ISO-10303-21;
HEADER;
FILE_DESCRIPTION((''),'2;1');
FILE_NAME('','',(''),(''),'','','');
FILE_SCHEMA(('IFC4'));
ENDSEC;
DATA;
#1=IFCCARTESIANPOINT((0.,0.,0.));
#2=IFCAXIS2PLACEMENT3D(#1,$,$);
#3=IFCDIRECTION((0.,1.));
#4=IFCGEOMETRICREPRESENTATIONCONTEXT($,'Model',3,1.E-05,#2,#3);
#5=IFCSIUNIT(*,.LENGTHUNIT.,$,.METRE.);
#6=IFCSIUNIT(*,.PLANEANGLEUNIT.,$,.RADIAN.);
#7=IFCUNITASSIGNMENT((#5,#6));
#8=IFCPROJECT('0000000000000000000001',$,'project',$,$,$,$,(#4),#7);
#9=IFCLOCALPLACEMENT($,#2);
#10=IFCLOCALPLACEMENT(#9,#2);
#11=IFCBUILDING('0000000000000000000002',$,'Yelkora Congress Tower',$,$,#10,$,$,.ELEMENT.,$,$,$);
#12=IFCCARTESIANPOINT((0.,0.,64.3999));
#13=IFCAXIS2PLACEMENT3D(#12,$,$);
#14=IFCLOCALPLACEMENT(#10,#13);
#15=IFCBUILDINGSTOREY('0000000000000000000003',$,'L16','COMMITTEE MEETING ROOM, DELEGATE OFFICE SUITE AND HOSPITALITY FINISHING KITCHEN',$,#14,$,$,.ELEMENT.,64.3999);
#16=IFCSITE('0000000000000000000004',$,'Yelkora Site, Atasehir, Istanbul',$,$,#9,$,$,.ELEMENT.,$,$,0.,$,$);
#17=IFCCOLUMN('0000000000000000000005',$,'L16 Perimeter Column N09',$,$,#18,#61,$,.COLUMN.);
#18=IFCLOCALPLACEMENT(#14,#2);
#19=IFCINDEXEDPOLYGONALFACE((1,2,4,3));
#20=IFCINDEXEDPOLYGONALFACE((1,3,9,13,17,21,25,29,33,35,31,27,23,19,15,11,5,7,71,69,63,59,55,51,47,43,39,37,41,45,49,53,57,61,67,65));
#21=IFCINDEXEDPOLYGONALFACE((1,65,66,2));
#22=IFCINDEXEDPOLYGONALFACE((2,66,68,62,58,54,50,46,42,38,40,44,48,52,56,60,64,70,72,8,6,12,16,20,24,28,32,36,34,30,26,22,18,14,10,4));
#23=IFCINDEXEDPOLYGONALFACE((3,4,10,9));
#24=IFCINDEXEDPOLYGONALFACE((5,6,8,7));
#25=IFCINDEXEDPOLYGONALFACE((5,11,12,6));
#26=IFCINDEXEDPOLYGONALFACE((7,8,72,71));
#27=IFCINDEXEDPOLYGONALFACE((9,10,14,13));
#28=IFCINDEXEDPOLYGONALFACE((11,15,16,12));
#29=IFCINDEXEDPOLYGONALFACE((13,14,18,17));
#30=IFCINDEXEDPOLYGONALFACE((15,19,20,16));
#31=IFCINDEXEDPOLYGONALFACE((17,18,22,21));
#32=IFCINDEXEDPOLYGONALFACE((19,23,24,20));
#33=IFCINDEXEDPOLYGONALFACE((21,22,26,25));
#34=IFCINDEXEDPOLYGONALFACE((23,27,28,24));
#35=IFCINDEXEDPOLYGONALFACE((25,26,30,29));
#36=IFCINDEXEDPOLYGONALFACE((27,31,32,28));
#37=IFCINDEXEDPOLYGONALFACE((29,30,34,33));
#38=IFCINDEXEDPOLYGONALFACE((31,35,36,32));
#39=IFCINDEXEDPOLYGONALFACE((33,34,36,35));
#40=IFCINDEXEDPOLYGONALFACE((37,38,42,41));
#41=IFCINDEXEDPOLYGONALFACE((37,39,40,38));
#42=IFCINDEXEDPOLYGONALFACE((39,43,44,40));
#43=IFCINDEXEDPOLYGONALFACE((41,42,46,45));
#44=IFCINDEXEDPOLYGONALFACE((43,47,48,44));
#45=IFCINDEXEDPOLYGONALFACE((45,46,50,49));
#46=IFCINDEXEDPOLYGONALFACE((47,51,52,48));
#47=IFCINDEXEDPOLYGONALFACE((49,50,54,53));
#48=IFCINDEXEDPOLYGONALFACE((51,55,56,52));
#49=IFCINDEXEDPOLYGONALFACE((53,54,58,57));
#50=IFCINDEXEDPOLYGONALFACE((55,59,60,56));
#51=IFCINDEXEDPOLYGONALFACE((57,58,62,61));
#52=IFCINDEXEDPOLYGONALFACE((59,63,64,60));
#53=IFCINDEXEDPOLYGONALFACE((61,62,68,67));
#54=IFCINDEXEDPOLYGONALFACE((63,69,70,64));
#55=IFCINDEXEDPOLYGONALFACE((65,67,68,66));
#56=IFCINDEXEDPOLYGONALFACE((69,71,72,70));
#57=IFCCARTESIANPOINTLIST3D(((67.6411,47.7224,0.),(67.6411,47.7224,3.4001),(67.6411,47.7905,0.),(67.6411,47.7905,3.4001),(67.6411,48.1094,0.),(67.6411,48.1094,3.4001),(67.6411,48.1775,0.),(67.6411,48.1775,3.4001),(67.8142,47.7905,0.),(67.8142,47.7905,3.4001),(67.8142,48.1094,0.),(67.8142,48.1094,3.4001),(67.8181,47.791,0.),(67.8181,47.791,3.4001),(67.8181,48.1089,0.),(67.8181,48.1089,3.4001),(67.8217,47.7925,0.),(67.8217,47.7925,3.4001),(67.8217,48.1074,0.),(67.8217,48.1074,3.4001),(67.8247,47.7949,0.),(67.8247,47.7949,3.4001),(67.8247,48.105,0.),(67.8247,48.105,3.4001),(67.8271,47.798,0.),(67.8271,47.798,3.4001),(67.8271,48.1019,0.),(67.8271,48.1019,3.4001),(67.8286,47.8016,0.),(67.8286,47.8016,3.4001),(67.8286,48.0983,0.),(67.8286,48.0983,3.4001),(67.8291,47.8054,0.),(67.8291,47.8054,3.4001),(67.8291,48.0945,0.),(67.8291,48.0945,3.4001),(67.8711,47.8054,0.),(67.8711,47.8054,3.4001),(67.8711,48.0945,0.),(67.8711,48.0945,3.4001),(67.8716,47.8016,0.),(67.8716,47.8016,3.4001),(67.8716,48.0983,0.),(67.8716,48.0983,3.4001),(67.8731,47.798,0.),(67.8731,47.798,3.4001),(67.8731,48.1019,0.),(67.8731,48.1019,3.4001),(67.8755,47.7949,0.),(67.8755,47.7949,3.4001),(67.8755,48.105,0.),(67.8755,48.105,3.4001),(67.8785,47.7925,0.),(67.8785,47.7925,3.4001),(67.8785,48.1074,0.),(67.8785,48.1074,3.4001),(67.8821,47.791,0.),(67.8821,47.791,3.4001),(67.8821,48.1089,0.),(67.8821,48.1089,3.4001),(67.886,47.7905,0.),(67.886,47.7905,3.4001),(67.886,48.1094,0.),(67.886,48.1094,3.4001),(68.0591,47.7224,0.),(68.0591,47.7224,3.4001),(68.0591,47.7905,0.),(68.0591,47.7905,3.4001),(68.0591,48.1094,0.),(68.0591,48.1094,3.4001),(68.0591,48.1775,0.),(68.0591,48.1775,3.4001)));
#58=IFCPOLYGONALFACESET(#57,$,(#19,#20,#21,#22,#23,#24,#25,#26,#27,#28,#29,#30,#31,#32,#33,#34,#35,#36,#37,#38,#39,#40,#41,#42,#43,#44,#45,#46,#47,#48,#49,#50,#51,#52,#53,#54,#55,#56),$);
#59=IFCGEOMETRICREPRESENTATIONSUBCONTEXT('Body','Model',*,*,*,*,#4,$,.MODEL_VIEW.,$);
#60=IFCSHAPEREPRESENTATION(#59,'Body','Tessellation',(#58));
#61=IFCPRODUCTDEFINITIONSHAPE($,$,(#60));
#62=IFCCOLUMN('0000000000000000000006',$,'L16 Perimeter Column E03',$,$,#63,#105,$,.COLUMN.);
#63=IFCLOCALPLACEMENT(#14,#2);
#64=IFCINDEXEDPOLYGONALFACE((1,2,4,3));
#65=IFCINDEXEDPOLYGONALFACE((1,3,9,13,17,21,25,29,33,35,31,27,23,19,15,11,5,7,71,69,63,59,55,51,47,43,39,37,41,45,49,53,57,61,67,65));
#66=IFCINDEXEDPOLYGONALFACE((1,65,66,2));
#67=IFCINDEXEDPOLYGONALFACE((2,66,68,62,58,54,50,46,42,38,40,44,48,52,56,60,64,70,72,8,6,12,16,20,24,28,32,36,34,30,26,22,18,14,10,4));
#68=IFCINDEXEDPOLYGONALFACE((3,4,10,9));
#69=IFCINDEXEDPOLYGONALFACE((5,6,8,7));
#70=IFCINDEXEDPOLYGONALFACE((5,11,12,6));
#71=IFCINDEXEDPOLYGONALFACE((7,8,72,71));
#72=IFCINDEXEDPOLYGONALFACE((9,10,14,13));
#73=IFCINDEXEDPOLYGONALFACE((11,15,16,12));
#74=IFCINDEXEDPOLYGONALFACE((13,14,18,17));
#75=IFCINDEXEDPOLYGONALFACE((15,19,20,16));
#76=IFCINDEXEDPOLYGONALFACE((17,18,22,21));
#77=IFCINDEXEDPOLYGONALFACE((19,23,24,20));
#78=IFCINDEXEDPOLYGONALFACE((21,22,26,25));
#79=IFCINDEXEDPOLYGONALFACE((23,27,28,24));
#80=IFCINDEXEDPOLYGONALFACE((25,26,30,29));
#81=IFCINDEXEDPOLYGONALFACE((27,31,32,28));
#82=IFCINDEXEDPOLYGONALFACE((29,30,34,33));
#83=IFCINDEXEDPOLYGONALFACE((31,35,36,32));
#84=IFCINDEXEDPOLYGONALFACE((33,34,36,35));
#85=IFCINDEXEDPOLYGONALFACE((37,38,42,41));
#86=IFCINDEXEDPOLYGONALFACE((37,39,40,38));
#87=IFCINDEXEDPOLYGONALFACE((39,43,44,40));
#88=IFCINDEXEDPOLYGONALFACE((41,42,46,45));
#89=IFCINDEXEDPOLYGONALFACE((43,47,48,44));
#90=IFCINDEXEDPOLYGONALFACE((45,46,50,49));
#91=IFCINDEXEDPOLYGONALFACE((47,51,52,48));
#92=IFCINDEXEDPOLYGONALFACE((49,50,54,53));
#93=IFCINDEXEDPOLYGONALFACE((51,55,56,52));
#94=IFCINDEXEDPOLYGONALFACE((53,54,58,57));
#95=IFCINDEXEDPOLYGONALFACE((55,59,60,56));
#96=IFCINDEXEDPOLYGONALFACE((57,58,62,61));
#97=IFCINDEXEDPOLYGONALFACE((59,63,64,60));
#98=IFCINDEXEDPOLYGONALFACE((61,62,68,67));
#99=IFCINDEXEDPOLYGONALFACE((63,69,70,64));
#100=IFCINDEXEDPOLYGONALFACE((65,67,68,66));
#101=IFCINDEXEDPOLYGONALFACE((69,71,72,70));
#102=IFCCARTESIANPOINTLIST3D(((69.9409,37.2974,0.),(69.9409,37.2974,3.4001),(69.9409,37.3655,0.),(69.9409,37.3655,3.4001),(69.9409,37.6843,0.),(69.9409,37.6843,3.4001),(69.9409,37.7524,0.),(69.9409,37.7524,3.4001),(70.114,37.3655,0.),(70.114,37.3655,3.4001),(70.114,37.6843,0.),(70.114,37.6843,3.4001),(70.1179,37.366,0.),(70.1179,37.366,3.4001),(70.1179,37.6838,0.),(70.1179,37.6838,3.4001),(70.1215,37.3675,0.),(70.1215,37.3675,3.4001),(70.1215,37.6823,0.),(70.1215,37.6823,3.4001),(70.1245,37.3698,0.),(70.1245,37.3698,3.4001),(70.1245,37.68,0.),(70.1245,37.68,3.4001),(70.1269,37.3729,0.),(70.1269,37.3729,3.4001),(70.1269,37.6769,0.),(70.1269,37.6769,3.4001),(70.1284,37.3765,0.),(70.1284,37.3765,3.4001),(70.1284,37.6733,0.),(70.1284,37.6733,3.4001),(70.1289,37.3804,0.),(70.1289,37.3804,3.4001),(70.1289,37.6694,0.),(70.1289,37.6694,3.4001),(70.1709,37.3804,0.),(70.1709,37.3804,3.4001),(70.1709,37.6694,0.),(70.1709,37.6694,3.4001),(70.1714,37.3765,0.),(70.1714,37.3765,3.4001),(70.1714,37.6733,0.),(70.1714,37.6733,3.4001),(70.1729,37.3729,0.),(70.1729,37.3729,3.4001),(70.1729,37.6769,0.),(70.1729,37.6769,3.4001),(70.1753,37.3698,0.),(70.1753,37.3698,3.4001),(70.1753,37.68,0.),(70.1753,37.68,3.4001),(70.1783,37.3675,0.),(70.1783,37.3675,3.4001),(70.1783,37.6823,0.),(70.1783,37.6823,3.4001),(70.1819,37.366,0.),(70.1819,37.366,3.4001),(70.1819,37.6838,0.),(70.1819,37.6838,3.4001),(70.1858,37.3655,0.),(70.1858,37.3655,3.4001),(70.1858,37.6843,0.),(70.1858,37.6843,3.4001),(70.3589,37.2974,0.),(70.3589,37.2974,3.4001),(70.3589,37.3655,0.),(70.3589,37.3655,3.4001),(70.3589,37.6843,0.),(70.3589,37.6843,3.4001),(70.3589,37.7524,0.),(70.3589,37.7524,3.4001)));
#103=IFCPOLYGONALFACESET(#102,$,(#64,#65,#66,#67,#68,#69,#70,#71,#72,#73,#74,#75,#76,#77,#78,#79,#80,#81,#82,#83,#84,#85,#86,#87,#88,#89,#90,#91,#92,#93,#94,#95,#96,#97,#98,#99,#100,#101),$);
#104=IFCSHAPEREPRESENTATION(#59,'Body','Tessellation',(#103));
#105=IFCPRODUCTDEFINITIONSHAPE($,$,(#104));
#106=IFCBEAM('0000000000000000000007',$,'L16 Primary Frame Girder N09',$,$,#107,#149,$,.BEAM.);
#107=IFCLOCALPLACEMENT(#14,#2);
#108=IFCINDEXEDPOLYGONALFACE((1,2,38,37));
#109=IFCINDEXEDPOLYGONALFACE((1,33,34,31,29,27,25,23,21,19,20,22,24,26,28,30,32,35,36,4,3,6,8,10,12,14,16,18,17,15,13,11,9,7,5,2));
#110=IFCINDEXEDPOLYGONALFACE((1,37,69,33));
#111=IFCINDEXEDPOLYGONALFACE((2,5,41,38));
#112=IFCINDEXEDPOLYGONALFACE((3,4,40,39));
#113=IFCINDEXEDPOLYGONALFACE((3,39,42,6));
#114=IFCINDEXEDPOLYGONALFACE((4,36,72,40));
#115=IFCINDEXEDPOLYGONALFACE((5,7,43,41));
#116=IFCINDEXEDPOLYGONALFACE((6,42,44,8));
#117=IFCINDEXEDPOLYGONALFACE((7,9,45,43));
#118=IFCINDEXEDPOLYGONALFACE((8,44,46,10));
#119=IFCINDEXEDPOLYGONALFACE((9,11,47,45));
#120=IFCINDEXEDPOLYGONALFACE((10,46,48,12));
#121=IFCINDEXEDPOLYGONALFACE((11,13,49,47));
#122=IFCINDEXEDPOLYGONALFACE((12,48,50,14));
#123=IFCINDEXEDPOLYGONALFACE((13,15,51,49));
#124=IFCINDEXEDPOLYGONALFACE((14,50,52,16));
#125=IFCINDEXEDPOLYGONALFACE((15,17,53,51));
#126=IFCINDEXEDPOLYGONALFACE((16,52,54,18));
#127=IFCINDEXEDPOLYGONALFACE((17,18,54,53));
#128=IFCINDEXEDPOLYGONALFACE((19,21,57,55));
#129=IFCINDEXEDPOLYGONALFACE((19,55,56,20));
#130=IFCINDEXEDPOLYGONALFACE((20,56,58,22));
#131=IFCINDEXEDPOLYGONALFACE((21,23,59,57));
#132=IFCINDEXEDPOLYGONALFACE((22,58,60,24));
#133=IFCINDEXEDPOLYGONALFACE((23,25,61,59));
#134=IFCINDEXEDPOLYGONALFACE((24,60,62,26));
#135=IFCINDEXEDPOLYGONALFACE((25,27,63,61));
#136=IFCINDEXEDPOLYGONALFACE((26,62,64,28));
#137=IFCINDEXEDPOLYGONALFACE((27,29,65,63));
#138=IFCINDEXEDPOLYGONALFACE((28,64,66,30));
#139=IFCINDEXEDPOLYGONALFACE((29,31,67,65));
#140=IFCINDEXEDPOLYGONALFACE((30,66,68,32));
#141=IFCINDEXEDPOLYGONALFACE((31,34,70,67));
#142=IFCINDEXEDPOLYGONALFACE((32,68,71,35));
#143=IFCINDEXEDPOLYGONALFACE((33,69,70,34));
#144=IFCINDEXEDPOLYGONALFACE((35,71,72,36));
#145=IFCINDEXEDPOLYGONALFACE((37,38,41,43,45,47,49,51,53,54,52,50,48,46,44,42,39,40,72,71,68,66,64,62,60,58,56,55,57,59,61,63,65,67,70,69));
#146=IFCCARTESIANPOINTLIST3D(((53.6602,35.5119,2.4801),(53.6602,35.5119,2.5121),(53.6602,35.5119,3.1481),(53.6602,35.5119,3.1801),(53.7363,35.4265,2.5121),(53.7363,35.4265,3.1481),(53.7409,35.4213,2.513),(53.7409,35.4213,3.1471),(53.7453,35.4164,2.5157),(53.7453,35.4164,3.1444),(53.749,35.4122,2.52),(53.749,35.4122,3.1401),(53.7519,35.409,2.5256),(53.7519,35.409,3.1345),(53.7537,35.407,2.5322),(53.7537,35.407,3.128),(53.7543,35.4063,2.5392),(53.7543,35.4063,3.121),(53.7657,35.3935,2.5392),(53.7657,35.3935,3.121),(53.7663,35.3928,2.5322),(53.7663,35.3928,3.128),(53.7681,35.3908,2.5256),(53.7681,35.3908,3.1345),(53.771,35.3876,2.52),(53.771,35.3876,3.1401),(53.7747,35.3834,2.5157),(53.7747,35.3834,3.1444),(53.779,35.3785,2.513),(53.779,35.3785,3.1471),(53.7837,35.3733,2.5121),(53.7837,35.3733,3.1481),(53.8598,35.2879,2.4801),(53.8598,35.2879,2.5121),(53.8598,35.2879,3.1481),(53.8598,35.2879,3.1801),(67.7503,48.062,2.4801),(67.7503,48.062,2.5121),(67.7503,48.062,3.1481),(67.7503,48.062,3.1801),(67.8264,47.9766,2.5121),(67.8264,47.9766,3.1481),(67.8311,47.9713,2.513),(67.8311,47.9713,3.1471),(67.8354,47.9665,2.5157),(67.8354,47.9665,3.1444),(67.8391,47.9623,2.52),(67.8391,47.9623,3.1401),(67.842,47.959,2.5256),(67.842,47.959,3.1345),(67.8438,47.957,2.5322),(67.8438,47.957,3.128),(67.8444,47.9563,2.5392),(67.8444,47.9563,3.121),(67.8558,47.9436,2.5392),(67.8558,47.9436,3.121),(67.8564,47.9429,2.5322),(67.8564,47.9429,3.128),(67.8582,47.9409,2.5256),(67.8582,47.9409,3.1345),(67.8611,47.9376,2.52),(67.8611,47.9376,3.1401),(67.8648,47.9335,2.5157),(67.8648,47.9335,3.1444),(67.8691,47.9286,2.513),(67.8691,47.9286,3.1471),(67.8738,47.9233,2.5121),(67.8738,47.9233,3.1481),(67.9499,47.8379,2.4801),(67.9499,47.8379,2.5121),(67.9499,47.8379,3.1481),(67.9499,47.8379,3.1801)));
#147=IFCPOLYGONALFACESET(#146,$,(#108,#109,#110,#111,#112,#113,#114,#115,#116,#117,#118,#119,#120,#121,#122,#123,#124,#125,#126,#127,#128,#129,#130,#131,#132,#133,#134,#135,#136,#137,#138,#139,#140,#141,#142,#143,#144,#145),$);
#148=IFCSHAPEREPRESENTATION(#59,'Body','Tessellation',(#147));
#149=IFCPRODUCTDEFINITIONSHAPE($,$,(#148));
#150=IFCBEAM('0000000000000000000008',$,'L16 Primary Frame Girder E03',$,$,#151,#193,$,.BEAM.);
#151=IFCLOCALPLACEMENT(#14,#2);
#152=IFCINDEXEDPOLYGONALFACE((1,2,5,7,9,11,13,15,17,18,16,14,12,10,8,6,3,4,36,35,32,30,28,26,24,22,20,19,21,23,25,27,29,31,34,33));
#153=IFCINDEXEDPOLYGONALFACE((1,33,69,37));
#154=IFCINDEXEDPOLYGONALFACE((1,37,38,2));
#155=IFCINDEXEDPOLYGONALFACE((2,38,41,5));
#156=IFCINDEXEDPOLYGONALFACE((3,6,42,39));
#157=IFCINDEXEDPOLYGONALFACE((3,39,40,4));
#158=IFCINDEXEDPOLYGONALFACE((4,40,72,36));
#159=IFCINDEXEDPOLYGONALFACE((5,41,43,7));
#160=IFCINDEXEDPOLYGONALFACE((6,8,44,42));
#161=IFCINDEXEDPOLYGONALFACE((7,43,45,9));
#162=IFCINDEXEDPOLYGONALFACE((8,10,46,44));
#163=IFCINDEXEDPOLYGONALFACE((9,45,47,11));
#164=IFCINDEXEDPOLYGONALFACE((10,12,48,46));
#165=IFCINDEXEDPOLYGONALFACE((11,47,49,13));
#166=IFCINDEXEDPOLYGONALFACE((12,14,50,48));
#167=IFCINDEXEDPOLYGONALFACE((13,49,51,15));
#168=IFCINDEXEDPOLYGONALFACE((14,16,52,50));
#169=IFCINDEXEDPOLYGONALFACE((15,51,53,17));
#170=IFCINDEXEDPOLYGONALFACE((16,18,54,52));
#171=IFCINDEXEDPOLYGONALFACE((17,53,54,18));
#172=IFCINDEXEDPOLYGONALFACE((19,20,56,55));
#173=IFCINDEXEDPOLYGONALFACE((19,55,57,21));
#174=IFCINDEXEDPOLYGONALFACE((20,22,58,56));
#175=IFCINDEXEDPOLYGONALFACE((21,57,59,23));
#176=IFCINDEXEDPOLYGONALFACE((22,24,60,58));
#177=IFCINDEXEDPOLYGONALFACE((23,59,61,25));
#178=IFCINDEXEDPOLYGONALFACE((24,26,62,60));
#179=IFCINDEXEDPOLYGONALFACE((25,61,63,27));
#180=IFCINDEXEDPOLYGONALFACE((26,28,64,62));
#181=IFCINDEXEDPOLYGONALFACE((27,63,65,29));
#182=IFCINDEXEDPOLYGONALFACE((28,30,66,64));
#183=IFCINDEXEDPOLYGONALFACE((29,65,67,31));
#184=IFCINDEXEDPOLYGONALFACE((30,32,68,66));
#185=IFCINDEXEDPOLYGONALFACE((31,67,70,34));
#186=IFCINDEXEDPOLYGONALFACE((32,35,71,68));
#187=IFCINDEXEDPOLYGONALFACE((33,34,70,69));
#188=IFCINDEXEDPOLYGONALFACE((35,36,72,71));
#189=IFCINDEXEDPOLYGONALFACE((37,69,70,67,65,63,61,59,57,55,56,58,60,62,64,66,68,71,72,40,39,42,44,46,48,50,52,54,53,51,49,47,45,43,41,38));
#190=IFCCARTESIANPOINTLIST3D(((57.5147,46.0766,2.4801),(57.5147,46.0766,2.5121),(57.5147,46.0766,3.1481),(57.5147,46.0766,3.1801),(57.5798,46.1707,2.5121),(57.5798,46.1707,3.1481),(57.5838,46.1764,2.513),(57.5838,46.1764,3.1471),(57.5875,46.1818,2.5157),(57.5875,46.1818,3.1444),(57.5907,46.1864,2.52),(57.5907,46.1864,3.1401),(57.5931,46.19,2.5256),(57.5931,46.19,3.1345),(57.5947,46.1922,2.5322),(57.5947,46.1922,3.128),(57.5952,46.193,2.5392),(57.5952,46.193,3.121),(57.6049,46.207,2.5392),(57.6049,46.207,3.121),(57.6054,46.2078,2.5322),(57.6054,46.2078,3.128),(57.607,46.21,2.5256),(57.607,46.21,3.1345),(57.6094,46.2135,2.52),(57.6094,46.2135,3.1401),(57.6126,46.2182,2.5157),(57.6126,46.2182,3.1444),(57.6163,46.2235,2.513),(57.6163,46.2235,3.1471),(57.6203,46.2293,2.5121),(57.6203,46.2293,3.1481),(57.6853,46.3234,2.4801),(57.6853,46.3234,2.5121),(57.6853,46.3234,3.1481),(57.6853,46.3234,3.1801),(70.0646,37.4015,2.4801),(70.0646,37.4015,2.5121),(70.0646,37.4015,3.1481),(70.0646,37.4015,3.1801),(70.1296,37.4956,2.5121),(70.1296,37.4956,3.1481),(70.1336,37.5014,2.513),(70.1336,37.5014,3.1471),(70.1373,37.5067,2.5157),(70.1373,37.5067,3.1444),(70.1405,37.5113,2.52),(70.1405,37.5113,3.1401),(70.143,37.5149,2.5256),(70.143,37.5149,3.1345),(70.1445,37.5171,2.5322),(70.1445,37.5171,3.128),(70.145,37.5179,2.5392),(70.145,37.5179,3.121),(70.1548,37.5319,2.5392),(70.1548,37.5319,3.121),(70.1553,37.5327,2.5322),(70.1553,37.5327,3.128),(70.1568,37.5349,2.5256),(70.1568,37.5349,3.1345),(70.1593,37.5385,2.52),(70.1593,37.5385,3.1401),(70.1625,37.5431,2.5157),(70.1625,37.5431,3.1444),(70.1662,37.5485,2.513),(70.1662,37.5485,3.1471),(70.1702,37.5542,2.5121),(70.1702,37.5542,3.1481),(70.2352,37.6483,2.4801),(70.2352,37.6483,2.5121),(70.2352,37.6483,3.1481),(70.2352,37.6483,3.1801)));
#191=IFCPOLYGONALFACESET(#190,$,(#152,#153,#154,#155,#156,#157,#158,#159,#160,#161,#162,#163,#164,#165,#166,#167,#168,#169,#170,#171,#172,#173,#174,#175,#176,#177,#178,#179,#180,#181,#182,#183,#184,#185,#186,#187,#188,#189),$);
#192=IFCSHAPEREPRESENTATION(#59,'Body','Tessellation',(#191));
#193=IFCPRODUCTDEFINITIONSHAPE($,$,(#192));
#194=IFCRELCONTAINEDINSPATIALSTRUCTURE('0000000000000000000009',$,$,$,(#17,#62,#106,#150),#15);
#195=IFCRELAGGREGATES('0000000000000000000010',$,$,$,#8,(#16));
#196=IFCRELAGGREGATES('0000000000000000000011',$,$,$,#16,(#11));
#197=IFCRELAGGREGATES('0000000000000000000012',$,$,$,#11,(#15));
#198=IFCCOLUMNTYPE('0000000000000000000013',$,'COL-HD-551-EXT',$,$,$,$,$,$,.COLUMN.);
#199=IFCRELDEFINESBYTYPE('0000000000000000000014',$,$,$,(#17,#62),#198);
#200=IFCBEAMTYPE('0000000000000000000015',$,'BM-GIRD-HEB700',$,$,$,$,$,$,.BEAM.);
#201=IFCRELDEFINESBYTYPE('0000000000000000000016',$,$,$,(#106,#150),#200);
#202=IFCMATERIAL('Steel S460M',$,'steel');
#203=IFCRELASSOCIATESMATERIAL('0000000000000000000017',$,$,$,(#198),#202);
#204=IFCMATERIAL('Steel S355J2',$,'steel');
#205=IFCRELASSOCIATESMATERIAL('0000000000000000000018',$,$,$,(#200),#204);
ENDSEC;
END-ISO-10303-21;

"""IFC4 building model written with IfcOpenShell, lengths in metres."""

from ifc_helpers import new_model, si_unit, direction, frame, origin, origin_2d, place, context, subcontext, project, spatial, i_section, extrude, material, material_profile, profile_set, type_object, element, save


model = new_model("IFC4")

# Units and contexts
model_context = context("Model", 3, precision=1e-05, world=origin(), true_north=direction((0.0, 1.0)))
body_context = subcontext(model_context, "Body", "Model", "MODEL_VIEW")
ifc_project = project(units=[si_unit("LENGTHUNIT", "METRE"), si_unit("PLANEANGLEUNIT", "RADIAN")], contexts=[model_context])

# Site, building, storey
site_placement = place(None, origin())
site = spatial("IfcSite", under=ifc_project, at=site_placement, Name="Yelkora Site, Atasehir, Istanbul", CompositionType="ELEMENT", RefElevation=0.0)
building_placement = place(site_placement, origin())
building = spatial("IfcBuilding", under=site, at=building_placement, Name="Yelkora Congress Tower", CompositionType="ELEMENT")
storey_placement = place(building_placement, frame((0.0, 0.0, 64.3999)))
storey = spatial("IfcBuildingStorey", under=building, at=storey_placement, Name="L16", Description="COMMITTEE MEETING ROOM, DELEGATE OFFICE SUITE AND HOSPITALITY FINISHING KITCHEN", CompositionType="ELEMENT", Elevation=64.3999)

# Columns
ifc_material_1 = material(Name="Steel S460M", Category="steel")
ifc_material_profile_1 = material_profile(ifc_material_1, i_section(OverallWidth=0.418, OverallDepth=0.4551, WebThickness=0.042, FlangeThickness=0.0681, FilletRadius=0.0149, at=origin_2d()), Name="HD 400x551")
ifc_profile_set_1 = profile_set([ifc_material_profile_1], Name="Steel S460M")
column_type = type_object("IfcColumnType", Name="COL-HD-551-EXT", PredefinedType="COLUMN", material=ifc_profile_set_1)
for number, where, z_axis, x_axis, name in (
    (1, (67.8501, 47.95, 0.0), (0.0, 0.0, 1.0), (1.0, 0.0, 0.0), "L16 Perimeter Column N09"),
    (2, (70.1499, 37.5249, 0.0), (0.0, 0.0, 1.0), (1.0, 0.0, 0.0), "L16 Perimeter Column E03"),
):
    element("IfcColumn", number, at=place(storey_placement, frame(where, z_axis=z_axis, x_axis=x_axis)), inside=storey, type_object=column_type, Name=name, PredefinedType="COLUMN", context=body_context, shape_type="SweptSolid", body=[
        extrude(i_section(OverallWidth=0.418, OverallDepth=0.4551, WebThickness=0.042, FlangeThickness=0.0681, FilletRadius=0.0149, at=origin_2d()), origin(), (0.0, 0.0, 1.0), 3.4001),
    ])

# Beams
ifc_material_2 = material(Name="Steel S355J2", Category="steel")
ifc_material_profile_2 = material_profile(ifc_material_2, i_section(OverallWidth=0.3, OverallDepth=0.7, WebThickness=0.0171, FlangeThickness=0.032, FilletRadius=0.0271, at=origin_2d()), Name="HEB 700")
ifc_profile_set_2 = profile_set([ifc_material_profile_2], Name="Steel S355J2")
beam_type_1 = type_object("IfcBeamType", Name="BM-GIRD-HEB700", PredefinedType="BEAM", material=ifc_profile_set_2)
beam_1_placement = place(storey_placement, frame((67.8501, 47.95, 2.8301), z_axis=(-0.746737, -0.665119, 0.0), x_axis=(0.665119, -0.746737, 0.0)))
element("IfcBeam", 3, at=beam_1_placement, inside=storey, type_object=beam_type_1, Name="L16 Primary Frame Girder N09", PredefinedType="BEAM", context=body_context, shape_type="SweptSolid", body=[
    extrude(i_section(OverallWidth=0.3, OverallDepth=0.7, WebThickness=0.0171, FlangeThickness=0.032, FilletRadius=0.0271, at=origin_2d()), origin(), (0.0, 0.0, 1.0), 18.8689),
])
beam_2_placement = place(storey_placement, frame((70.1499, 37.5249, 2.8301), z_axis=(-0.822599, 0.568622, 0.0), x_axis=(-0.568622, -0.822599, 0.0)))
element("IfcBeam", 4, at=beam_2_placement, inside=storey, type_object=beam_type_1, Name="L16 Primary Frame Girder E03", PredefinedType="BEAM", context=body_context, shape_type="SweptSolid", body=[
    extrude(i_section(OverallWidth=0.3, OverallDepth=0.7, WebThickness=0.0171, FlangeThickness=0.032, FilletRadius=0.0271, at=origin_2d()), origin(), (0.0, 0.0, 1.0), 15.2563),
])

save(model, "model.ifc")
